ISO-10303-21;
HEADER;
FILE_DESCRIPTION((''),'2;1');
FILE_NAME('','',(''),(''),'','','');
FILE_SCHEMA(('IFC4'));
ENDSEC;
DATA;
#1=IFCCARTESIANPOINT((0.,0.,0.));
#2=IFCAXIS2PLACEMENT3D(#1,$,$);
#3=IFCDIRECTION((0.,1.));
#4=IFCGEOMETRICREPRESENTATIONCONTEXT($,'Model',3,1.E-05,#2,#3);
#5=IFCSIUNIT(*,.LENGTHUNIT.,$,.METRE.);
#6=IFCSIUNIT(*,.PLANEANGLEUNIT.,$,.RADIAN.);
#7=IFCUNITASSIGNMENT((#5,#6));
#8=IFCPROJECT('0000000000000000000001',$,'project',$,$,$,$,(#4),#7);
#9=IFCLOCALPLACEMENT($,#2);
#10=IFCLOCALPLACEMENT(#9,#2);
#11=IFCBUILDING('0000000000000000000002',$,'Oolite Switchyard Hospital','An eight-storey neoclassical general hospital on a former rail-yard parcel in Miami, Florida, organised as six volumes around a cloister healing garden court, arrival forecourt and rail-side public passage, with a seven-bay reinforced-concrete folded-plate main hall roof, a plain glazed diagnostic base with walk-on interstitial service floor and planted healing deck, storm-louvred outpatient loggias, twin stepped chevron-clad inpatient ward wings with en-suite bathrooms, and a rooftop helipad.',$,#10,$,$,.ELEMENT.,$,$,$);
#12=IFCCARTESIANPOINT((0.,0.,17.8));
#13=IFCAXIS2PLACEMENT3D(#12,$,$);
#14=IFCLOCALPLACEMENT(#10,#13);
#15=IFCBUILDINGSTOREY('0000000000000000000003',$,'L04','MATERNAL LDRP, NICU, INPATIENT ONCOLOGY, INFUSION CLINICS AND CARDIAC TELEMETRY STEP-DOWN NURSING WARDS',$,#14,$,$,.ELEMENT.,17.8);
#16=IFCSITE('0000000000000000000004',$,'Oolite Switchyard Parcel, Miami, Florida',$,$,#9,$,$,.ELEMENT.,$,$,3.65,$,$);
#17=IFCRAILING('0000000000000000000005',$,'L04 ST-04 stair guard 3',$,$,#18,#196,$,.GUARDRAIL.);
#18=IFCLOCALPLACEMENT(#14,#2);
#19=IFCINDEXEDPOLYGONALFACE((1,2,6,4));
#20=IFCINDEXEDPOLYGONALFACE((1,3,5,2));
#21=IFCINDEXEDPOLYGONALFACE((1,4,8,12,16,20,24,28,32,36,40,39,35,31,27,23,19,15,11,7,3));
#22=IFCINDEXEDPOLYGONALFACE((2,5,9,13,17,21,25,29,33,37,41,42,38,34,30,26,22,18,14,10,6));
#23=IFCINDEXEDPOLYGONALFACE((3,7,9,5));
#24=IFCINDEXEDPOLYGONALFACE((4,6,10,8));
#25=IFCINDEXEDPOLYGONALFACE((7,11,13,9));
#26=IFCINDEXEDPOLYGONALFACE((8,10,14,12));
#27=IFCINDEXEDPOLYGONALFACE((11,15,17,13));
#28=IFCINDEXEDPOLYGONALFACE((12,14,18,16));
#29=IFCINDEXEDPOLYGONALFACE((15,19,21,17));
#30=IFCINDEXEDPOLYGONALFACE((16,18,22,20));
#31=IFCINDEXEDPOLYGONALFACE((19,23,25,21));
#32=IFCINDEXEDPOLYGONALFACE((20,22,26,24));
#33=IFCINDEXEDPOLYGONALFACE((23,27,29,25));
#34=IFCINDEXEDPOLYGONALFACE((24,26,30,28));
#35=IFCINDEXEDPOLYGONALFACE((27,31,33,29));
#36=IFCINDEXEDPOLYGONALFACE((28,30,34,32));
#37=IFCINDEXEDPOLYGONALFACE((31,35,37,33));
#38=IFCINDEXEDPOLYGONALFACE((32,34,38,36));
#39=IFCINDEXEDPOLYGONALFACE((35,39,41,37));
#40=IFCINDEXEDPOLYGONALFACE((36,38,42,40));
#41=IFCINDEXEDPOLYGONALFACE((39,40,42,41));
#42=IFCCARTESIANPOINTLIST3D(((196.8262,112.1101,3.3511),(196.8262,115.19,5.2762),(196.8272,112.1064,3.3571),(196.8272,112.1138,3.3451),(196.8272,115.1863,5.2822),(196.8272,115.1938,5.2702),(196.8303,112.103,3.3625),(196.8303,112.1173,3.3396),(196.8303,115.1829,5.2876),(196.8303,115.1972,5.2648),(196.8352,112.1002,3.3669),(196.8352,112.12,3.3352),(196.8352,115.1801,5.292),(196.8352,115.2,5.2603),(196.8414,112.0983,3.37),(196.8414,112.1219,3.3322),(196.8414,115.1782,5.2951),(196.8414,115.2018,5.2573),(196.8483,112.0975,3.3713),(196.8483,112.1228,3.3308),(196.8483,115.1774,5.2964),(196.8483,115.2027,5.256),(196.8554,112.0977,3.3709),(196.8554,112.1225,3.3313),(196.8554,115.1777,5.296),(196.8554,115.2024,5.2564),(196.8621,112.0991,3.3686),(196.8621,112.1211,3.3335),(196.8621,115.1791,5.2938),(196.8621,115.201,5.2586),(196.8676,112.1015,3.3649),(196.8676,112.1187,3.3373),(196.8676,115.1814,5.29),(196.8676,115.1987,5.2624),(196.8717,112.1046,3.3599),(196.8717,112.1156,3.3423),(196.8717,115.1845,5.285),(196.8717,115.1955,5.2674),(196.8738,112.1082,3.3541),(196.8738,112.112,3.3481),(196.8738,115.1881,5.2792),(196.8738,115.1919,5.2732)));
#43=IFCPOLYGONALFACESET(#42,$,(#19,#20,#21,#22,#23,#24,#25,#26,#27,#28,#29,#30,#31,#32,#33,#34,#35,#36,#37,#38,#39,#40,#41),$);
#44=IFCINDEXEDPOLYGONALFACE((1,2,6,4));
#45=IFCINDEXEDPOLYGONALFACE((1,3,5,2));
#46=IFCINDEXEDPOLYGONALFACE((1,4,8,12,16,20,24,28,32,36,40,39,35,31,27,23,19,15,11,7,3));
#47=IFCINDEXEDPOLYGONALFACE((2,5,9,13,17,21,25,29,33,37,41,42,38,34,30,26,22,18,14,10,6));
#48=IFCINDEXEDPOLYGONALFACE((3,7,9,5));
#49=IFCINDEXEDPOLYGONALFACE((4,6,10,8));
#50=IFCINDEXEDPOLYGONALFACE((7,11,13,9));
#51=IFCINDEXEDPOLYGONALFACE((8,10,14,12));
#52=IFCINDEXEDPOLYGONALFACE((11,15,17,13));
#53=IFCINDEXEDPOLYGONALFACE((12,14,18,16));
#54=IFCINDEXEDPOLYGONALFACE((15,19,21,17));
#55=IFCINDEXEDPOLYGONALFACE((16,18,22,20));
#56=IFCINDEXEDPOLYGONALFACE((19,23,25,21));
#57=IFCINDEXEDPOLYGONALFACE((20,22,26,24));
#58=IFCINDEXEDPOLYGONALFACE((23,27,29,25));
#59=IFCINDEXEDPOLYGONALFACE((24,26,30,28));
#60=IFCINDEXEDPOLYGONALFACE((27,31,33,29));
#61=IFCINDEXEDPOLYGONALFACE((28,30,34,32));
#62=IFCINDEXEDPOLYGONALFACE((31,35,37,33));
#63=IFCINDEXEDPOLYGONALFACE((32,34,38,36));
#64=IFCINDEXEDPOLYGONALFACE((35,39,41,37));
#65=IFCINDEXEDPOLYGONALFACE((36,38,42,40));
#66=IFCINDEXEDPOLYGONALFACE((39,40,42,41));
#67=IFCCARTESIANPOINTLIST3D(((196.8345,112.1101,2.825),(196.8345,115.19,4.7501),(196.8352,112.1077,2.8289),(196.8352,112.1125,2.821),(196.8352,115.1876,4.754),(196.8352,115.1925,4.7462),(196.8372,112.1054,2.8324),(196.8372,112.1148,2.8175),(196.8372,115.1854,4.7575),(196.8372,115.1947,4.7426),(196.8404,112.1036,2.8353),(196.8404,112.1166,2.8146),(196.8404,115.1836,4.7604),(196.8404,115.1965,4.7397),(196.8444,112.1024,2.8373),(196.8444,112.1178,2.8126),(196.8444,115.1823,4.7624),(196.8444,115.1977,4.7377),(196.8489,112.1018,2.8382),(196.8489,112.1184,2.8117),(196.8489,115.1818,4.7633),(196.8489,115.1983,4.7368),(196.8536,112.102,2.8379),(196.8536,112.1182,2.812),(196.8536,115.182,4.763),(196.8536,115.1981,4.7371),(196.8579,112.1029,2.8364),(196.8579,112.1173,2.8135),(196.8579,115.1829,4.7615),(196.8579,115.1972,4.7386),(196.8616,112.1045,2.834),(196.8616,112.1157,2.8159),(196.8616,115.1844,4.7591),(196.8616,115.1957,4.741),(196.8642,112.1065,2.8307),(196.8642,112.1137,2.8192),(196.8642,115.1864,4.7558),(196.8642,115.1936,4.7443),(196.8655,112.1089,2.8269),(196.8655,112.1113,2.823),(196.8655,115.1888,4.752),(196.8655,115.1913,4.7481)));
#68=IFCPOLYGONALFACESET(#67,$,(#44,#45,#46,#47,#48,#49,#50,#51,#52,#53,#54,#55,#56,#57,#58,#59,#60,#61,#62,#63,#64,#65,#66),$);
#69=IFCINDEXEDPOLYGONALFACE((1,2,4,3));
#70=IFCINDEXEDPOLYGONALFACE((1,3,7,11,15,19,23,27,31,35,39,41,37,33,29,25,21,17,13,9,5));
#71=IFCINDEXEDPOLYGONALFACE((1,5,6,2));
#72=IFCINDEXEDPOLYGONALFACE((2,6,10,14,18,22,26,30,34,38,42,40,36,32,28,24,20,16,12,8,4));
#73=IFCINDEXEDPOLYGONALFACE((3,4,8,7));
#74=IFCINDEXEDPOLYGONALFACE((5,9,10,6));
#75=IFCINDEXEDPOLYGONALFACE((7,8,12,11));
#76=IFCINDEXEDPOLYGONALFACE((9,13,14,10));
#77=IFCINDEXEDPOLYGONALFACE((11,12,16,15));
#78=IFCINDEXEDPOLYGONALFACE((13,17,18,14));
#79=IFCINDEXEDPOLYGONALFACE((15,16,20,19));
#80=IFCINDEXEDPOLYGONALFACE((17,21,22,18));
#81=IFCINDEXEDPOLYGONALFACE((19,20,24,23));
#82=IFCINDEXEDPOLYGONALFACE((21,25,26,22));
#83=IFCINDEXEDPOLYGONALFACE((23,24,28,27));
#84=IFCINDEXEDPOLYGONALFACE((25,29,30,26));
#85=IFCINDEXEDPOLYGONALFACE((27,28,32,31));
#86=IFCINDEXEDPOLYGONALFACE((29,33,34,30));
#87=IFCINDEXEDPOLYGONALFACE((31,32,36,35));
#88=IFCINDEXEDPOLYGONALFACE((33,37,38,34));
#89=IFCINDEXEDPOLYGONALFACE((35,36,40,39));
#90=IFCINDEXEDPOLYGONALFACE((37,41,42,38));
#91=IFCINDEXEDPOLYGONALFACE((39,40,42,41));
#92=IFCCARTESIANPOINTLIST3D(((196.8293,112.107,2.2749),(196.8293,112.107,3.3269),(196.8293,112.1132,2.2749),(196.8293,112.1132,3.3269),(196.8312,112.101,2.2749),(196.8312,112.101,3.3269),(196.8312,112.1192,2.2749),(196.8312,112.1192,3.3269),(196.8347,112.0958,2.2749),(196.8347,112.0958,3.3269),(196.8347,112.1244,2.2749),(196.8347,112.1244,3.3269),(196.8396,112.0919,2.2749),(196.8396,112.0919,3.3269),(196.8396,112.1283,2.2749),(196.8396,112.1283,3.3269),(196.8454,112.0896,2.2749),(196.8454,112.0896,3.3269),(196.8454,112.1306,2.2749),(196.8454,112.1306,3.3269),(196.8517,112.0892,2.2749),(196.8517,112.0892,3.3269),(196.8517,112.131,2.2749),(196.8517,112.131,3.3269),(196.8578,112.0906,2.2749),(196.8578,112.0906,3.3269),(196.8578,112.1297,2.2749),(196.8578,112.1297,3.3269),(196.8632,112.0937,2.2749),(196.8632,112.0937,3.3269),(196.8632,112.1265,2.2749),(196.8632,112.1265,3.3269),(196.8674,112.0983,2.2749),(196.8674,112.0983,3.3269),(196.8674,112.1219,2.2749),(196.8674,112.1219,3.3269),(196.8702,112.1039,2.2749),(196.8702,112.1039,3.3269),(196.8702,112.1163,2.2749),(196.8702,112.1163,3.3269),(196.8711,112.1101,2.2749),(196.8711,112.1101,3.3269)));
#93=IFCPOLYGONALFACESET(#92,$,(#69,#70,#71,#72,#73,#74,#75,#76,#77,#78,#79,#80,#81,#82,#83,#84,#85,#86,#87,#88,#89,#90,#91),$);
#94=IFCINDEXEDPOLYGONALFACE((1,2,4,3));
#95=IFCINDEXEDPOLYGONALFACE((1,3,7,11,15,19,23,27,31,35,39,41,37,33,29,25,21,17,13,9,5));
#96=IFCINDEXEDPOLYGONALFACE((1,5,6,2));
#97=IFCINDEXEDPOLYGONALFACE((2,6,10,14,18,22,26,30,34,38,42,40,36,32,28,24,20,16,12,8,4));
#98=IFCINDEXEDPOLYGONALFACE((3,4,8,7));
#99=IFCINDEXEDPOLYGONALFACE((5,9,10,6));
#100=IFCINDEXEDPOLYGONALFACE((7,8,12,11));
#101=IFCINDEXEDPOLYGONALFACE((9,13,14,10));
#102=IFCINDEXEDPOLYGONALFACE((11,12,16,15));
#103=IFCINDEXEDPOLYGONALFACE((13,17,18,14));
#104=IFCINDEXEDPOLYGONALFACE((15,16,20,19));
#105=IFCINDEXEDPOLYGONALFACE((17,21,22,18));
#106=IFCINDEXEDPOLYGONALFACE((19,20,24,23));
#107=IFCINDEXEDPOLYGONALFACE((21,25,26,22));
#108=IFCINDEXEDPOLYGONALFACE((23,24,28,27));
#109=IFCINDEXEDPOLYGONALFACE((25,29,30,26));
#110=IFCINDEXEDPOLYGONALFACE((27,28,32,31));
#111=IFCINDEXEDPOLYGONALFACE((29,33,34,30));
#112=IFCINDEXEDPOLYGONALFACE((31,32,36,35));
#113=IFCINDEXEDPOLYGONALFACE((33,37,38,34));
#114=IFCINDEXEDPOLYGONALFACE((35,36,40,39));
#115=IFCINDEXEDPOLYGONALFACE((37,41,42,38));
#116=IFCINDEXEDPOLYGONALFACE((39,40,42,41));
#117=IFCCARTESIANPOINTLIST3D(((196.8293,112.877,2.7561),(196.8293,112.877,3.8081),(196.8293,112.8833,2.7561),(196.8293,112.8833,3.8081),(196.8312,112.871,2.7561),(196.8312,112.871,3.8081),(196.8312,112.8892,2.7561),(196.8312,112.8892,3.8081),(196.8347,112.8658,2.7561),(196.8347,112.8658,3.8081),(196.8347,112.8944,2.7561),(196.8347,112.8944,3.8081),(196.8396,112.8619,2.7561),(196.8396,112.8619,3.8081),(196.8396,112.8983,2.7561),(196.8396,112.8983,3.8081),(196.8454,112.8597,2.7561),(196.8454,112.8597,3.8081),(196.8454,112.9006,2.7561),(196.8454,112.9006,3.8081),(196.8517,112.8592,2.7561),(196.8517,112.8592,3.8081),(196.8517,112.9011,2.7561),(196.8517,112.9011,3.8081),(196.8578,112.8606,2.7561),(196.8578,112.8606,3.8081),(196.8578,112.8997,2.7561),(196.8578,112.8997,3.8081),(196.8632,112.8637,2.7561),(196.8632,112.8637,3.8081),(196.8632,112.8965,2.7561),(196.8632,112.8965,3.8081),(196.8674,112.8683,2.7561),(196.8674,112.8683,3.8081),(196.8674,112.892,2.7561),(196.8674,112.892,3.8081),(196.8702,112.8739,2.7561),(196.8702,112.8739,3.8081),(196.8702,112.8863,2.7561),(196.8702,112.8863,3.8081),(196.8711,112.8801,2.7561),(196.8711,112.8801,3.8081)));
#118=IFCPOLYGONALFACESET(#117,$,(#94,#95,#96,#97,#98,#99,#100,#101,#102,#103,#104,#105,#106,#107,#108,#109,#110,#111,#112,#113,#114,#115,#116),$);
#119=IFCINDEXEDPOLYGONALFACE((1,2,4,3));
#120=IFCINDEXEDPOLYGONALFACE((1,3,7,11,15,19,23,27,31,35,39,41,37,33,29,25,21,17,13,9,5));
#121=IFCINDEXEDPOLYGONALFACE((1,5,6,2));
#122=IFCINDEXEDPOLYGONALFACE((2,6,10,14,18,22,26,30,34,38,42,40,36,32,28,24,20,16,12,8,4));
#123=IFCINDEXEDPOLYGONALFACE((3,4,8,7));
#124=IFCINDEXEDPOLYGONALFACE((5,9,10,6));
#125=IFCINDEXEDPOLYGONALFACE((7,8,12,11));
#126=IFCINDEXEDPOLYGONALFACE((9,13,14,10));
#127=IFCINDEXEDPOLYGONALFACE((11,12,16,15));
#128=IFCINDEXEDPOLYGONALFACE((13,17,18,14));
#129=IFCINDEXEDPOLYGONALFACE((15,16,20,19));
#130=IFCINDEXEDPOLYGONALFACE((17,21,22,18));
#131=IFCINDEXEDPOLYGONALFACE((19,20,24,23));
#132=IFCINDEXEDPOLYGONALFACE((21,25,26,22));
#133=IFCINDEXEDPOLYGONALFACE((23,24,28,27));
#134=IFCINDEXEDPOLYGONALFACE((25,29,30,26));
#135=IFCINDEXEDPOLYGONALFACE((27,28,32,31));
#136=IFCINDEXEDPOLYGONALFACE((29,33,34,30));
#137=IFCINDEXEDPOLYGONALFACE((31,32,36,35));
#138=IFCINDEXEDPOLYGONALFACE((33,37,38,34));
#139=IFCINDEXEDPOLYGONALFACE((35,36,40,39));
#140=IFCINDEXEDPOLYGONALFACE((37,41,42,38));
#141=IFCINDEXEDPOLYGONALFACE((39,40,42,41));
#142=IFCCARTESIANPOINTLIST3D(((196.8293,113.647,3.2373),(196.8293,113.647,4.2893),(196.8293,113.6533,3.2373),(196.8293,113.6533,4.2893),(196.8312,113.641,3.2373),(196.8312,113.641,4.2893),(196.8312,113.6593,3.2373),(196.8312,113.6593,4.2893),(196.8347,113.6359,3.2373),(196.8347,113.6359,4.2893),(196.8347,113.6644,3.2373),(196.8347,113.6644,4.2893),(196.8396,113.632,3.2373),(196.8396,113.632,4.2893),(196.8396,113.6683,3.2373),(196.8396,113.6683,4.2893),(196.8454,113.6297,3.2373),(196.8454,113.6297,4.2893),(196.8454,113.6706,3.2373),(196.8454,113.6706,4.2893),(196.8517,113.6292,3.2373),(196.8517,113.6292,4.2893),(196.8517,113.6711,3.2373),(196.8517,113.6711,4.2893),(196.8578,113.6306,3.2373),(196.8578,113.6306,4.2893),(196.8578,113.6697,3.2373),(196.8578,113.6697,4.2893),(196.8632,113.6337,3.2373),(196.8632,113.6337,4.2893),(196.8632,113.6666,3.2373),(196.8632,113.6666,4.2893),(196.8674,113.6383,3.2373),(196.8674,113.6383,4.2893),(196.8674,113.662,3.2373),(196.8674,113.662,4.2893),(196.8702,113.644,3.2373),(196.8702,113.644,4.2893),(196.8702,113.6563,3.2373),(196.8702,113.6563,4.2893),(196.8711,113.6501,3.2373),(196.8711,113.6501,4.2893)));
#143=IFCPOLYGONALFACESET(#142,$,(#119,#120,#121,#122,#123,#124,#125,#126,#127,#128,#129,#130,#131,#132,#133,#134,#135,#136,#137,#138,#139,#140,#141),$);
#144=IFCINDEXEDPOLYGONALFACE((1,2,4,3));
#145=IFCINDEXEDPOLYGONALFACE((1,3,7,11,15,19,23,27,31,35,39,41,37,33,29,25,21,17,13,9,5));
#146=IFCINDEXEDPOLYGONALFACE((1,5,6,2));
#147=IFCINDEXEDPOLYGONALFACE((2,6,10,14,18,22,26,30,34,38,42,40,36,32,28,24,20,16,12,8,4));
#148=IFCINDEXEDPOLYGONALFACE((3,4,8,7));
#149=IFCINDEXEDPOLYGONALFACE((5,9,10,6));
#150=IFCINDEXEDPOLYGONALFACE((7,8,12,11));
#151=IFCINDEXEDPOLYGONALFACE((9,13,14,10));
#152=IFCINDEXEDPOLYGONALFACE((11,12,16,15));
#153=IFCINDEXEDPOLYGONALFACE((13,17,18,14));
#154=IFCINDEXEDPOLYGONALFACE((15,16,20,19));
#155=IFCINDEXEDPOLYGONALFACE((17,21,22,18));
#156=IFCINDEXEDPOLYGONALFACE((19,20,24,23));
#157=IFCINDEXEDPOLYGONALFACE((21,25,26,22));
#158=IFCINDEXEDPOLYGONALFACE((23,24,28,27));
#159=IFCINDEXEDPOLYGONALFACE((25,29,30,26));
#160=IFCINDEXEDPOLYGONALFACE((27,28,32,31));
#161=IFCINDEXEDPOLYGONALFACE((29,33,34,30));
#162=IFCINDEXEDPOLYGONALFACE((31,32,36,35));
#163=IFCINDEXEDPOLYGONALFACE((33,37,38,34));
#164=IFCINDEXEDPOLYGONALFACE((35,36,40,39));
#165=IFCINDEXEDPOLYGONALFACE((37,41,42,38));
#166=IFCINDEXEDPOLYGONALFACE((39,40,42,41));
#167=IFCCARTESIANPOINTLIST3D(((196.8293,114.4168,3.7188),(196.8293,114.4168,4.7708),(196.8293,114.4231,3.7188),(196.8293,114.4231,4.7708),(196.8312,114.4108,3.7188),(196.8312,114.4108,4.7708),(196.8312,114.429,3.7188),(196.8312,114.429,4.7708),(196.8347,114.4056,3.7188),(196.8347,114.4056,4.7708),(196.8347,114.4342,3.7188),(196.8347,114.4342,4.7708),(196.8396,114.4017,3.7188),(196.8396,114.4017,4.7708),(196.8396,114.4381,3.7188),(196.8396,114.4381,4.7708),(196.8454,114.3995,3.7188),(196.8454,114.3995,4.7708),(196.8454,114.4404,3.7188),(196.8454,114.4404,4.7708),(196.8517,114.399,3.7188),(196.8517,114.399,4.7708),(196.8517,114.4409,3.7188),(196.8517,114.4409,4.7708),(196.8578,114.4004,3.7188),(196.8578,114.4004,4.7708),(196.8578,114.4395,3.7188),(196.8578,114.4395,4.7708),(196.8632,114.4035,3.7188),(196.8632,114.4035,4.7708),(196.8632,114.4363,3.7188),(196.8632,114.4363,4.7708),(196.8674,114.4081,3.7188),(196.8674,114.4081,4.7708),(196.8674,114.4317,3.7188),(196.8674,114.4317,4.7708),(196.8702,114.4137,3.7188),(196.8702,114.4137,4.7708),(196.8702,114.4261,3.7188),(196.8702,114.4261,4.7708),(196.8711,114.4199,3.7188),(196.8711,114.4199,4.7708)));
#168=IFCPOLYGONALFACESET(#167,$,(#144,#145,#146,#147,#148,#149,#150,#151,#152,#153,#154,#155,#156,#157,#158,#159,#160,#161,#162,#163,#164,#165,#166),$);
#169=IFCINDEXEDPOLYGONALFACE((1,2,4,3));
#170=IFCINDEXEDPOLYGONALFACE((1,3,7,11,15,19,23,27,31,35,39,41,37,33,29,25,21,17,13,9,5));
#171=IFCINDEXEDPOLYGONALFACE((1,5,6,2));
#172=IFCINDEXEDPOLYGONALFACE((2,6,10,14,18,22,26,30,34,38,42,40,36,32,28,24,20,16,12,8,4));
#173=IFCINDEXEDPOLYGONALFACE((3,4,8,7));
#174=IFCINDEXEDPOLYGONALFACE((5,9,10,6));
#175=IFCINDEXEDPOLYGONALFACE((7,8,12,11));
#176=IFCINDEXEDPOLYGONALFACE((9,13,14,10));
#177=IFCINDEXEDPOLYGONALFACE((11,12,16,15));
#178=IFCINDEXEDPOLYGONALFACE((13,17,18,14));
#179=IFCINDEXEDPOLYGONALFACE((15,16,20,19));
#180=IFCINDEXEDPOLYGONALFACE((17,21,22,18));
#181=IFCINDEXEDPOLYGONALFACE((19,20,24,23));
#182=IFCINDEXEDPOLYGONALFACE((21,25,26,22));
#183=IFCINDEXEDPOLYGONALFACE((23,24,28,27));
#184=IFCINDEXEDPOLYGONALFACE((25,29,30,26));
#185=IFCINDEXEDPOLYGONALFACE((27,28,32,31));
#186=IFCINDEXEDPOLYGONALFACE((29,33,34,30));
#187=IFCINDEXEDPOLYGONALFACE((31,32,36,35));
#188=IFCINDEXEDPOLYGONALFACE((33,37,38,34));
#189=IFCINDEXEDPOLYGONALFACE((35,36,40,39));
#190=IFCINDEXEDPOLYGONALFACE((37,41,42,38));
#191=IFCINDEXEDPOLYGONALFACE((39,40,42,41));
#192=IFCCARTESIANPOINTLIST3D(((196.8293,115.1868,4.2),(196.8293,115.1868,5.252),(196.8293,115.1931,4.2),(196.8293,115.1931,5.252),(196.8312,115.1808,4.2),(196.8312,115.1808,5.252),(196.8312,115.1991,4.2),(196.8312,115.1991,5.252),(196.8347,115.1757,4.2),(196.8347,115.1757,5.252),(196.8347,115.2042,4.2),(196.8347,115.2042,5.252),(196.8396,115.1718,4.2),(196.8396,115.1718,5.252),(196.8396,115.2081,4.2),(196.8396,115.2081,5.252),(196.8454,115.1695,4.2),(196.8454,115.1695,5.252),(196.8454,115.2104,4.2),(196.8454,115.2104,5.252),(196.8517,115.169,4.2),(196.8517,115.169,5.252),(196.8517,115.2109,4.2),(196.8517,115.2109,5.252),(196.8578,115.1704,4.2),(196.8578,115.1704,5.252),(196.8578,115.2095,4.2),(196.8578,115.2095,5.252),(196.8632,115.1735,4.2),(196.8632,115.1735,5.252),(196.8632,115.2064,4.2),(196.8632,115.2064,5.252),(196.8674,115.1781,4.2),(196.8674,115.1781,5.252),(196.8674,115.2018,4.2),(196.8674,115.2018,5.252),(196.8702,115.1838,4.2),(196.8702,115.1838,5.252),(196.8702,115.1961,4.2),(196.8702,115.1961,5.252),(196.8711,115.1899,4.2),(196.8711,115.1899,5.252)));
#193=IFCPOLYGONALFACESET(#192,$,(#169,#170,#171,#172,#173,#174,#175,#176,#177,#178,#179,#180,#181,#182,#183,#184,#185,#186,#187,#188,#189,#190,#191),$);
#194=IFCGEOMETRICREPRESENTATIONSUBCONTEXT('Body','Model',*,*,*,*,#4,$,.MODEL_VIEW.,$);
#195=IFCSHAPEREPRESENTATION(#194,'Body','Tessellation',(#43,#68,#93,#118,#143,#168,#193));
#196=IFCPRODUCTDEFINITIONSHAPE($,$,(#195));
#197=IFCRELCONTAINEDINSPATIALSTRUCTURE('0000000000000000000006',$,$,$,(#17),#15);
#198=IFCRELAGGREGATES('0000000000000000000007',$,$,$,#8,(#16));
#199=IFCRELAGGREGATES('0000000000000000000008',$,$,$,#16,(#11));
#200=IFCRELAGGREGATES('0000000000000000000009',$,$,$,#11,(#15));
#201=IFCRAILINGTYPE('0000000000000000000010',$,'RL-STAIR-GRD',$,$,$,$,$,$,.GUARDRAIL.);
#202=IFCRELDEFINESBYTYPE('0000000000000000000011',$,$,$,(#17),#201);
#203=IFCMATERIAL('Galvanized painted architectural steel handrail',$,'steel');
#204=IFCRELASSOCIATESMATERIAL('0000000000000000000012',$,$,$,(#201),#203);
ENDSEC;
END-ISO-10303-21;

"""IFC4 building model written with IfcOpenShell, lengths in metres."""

from ifc_helpers import new_model, si_unit, direction, frame, origin, origin_2d, place, context, subcontext, project, spatial, circle, extrude, material, type_object, element, save


model = new_model("IFC4")

# Units and contexts
model_context = context("Model", 3, precision=1e-05, world=origin(), true_north=direction((0.0, 1.0)))
body_context = subcontext(model_context, "Body", "Model", "MODEL_VIEW")
ifc_project = project(units=[si_unit("LENGTHUNIT", "METRE"), si_unit("PLANEANGLEUNIT", "RADIAN")], contexts=[model_context])

# Site, building, storey
site_placement = place(None, origin())
site = spatial("IfcSite", under=ifc_project, at=site_placement, Name="Oolite Switchyard Parcel, Miami, Florida", CompositionType="ELEMENT", RefElevation=3.65)
building_placement = place(site_placement, origin())
building = spatial("IfcBuilding", under=site, at=building_placement, Name="Oolite Switchyard Hospital", Description="An eight-storey neoclassical general hospital on a former rail-yard parcel in Miami, Florida, organised as six volumes around a cloister healing garden court, arrival forecourt and rail-side public passage, with a seven-bay reinforced-concrete folded-plate main hall roof, a plain glazed diagnostic base with walk-on interstitial service floor and planted healing deck, storm-louvred outpatient loggias, twin stepped chevron-clad inpatient ward wings with en-suite bathrooms, and a rooftop helipad.", CompositionType="ELEMENT")
storey_placement = place(building_placement, frame((0.0, 0.0, 17.8)))
storey = spatial("IfcBuildingStorey", under=building, at=storey_placement, Name="L04", Description="MATERNAL LDRP, NICU, INPATIENT ONCOLOGY, INFUSION CLINICS AND CARDIAC TELEMETRY STEP-DOWN NURSING WARDS", CompositionType="ELEMENT", Elevation=17.8)

# Railing
ifc_material_1 = material(Name="Galvanized painted architectural steel handrail", Category="steel")
railing_type_1 = type_object("IfcRailingType", Name="RL-STAIR-GRD", PredefinedType="GUARDRAIL", material=ifc_material_1)
railing_1_placement = place(storey_placement, frame((196.8501, 112.1101, 2.2749)))
element("IfcRailing", 1, at=railing_1_placement, inside=storey, type_object=railing_type_1, Name="L04 ST-04 stair guard 3", PredefinedType="GUARDRAIL", context=body_context, shape_type="SweptSolid", body=[
    extrude(circle(Radius=0.0239, at=origin_2d()), frame((0.0, 0.0, 1.0762), z_axis=(0.0, 0.847979, 0.530029), x_axis=(-1.0, 0.0, 0.0)), (0.0, 0.0, 1.0), 3.6321),
    extrude(circle(Radius=0.0156, at=origin_2d()), frame((0.0, 0.0, 0.55), z_axis=(0.0, 0.847979, 0.530029), x_axis=(-1.0, 0.0, 0.0)), (0.0, 0.0, 1.0), 3.6321),
    extrude(circle(Radius=0.021, at=origin_2d()), origin(), (0.0, 0.0, 1.0), 1.052),
    extrude(circle(Radius=0.021, at=origin_2d()), frame((0.0, 0.77, 0.4812)), (0.0, 0.0, 1.0), 1.052),
    extrude(circle(Radius=0.021, at=origin_2d()), frame((0.0, 1.54, 0.9624)), (0.0, 0.0, 1.0), 1.052),
    extrude(circle(Radius=0.021, at=origin_2d()), frame((0.0, 2.3098, 1.4438)), (0.0, 0.0, 1.0), 1.052),
    extrude(circle(Radius=0.021, at=origin_2d()), frame((0.0, 3.0798, 1.925)), (0.0, 0.0, 1.0), 1.052),
])

save(model, "model.ifc")
